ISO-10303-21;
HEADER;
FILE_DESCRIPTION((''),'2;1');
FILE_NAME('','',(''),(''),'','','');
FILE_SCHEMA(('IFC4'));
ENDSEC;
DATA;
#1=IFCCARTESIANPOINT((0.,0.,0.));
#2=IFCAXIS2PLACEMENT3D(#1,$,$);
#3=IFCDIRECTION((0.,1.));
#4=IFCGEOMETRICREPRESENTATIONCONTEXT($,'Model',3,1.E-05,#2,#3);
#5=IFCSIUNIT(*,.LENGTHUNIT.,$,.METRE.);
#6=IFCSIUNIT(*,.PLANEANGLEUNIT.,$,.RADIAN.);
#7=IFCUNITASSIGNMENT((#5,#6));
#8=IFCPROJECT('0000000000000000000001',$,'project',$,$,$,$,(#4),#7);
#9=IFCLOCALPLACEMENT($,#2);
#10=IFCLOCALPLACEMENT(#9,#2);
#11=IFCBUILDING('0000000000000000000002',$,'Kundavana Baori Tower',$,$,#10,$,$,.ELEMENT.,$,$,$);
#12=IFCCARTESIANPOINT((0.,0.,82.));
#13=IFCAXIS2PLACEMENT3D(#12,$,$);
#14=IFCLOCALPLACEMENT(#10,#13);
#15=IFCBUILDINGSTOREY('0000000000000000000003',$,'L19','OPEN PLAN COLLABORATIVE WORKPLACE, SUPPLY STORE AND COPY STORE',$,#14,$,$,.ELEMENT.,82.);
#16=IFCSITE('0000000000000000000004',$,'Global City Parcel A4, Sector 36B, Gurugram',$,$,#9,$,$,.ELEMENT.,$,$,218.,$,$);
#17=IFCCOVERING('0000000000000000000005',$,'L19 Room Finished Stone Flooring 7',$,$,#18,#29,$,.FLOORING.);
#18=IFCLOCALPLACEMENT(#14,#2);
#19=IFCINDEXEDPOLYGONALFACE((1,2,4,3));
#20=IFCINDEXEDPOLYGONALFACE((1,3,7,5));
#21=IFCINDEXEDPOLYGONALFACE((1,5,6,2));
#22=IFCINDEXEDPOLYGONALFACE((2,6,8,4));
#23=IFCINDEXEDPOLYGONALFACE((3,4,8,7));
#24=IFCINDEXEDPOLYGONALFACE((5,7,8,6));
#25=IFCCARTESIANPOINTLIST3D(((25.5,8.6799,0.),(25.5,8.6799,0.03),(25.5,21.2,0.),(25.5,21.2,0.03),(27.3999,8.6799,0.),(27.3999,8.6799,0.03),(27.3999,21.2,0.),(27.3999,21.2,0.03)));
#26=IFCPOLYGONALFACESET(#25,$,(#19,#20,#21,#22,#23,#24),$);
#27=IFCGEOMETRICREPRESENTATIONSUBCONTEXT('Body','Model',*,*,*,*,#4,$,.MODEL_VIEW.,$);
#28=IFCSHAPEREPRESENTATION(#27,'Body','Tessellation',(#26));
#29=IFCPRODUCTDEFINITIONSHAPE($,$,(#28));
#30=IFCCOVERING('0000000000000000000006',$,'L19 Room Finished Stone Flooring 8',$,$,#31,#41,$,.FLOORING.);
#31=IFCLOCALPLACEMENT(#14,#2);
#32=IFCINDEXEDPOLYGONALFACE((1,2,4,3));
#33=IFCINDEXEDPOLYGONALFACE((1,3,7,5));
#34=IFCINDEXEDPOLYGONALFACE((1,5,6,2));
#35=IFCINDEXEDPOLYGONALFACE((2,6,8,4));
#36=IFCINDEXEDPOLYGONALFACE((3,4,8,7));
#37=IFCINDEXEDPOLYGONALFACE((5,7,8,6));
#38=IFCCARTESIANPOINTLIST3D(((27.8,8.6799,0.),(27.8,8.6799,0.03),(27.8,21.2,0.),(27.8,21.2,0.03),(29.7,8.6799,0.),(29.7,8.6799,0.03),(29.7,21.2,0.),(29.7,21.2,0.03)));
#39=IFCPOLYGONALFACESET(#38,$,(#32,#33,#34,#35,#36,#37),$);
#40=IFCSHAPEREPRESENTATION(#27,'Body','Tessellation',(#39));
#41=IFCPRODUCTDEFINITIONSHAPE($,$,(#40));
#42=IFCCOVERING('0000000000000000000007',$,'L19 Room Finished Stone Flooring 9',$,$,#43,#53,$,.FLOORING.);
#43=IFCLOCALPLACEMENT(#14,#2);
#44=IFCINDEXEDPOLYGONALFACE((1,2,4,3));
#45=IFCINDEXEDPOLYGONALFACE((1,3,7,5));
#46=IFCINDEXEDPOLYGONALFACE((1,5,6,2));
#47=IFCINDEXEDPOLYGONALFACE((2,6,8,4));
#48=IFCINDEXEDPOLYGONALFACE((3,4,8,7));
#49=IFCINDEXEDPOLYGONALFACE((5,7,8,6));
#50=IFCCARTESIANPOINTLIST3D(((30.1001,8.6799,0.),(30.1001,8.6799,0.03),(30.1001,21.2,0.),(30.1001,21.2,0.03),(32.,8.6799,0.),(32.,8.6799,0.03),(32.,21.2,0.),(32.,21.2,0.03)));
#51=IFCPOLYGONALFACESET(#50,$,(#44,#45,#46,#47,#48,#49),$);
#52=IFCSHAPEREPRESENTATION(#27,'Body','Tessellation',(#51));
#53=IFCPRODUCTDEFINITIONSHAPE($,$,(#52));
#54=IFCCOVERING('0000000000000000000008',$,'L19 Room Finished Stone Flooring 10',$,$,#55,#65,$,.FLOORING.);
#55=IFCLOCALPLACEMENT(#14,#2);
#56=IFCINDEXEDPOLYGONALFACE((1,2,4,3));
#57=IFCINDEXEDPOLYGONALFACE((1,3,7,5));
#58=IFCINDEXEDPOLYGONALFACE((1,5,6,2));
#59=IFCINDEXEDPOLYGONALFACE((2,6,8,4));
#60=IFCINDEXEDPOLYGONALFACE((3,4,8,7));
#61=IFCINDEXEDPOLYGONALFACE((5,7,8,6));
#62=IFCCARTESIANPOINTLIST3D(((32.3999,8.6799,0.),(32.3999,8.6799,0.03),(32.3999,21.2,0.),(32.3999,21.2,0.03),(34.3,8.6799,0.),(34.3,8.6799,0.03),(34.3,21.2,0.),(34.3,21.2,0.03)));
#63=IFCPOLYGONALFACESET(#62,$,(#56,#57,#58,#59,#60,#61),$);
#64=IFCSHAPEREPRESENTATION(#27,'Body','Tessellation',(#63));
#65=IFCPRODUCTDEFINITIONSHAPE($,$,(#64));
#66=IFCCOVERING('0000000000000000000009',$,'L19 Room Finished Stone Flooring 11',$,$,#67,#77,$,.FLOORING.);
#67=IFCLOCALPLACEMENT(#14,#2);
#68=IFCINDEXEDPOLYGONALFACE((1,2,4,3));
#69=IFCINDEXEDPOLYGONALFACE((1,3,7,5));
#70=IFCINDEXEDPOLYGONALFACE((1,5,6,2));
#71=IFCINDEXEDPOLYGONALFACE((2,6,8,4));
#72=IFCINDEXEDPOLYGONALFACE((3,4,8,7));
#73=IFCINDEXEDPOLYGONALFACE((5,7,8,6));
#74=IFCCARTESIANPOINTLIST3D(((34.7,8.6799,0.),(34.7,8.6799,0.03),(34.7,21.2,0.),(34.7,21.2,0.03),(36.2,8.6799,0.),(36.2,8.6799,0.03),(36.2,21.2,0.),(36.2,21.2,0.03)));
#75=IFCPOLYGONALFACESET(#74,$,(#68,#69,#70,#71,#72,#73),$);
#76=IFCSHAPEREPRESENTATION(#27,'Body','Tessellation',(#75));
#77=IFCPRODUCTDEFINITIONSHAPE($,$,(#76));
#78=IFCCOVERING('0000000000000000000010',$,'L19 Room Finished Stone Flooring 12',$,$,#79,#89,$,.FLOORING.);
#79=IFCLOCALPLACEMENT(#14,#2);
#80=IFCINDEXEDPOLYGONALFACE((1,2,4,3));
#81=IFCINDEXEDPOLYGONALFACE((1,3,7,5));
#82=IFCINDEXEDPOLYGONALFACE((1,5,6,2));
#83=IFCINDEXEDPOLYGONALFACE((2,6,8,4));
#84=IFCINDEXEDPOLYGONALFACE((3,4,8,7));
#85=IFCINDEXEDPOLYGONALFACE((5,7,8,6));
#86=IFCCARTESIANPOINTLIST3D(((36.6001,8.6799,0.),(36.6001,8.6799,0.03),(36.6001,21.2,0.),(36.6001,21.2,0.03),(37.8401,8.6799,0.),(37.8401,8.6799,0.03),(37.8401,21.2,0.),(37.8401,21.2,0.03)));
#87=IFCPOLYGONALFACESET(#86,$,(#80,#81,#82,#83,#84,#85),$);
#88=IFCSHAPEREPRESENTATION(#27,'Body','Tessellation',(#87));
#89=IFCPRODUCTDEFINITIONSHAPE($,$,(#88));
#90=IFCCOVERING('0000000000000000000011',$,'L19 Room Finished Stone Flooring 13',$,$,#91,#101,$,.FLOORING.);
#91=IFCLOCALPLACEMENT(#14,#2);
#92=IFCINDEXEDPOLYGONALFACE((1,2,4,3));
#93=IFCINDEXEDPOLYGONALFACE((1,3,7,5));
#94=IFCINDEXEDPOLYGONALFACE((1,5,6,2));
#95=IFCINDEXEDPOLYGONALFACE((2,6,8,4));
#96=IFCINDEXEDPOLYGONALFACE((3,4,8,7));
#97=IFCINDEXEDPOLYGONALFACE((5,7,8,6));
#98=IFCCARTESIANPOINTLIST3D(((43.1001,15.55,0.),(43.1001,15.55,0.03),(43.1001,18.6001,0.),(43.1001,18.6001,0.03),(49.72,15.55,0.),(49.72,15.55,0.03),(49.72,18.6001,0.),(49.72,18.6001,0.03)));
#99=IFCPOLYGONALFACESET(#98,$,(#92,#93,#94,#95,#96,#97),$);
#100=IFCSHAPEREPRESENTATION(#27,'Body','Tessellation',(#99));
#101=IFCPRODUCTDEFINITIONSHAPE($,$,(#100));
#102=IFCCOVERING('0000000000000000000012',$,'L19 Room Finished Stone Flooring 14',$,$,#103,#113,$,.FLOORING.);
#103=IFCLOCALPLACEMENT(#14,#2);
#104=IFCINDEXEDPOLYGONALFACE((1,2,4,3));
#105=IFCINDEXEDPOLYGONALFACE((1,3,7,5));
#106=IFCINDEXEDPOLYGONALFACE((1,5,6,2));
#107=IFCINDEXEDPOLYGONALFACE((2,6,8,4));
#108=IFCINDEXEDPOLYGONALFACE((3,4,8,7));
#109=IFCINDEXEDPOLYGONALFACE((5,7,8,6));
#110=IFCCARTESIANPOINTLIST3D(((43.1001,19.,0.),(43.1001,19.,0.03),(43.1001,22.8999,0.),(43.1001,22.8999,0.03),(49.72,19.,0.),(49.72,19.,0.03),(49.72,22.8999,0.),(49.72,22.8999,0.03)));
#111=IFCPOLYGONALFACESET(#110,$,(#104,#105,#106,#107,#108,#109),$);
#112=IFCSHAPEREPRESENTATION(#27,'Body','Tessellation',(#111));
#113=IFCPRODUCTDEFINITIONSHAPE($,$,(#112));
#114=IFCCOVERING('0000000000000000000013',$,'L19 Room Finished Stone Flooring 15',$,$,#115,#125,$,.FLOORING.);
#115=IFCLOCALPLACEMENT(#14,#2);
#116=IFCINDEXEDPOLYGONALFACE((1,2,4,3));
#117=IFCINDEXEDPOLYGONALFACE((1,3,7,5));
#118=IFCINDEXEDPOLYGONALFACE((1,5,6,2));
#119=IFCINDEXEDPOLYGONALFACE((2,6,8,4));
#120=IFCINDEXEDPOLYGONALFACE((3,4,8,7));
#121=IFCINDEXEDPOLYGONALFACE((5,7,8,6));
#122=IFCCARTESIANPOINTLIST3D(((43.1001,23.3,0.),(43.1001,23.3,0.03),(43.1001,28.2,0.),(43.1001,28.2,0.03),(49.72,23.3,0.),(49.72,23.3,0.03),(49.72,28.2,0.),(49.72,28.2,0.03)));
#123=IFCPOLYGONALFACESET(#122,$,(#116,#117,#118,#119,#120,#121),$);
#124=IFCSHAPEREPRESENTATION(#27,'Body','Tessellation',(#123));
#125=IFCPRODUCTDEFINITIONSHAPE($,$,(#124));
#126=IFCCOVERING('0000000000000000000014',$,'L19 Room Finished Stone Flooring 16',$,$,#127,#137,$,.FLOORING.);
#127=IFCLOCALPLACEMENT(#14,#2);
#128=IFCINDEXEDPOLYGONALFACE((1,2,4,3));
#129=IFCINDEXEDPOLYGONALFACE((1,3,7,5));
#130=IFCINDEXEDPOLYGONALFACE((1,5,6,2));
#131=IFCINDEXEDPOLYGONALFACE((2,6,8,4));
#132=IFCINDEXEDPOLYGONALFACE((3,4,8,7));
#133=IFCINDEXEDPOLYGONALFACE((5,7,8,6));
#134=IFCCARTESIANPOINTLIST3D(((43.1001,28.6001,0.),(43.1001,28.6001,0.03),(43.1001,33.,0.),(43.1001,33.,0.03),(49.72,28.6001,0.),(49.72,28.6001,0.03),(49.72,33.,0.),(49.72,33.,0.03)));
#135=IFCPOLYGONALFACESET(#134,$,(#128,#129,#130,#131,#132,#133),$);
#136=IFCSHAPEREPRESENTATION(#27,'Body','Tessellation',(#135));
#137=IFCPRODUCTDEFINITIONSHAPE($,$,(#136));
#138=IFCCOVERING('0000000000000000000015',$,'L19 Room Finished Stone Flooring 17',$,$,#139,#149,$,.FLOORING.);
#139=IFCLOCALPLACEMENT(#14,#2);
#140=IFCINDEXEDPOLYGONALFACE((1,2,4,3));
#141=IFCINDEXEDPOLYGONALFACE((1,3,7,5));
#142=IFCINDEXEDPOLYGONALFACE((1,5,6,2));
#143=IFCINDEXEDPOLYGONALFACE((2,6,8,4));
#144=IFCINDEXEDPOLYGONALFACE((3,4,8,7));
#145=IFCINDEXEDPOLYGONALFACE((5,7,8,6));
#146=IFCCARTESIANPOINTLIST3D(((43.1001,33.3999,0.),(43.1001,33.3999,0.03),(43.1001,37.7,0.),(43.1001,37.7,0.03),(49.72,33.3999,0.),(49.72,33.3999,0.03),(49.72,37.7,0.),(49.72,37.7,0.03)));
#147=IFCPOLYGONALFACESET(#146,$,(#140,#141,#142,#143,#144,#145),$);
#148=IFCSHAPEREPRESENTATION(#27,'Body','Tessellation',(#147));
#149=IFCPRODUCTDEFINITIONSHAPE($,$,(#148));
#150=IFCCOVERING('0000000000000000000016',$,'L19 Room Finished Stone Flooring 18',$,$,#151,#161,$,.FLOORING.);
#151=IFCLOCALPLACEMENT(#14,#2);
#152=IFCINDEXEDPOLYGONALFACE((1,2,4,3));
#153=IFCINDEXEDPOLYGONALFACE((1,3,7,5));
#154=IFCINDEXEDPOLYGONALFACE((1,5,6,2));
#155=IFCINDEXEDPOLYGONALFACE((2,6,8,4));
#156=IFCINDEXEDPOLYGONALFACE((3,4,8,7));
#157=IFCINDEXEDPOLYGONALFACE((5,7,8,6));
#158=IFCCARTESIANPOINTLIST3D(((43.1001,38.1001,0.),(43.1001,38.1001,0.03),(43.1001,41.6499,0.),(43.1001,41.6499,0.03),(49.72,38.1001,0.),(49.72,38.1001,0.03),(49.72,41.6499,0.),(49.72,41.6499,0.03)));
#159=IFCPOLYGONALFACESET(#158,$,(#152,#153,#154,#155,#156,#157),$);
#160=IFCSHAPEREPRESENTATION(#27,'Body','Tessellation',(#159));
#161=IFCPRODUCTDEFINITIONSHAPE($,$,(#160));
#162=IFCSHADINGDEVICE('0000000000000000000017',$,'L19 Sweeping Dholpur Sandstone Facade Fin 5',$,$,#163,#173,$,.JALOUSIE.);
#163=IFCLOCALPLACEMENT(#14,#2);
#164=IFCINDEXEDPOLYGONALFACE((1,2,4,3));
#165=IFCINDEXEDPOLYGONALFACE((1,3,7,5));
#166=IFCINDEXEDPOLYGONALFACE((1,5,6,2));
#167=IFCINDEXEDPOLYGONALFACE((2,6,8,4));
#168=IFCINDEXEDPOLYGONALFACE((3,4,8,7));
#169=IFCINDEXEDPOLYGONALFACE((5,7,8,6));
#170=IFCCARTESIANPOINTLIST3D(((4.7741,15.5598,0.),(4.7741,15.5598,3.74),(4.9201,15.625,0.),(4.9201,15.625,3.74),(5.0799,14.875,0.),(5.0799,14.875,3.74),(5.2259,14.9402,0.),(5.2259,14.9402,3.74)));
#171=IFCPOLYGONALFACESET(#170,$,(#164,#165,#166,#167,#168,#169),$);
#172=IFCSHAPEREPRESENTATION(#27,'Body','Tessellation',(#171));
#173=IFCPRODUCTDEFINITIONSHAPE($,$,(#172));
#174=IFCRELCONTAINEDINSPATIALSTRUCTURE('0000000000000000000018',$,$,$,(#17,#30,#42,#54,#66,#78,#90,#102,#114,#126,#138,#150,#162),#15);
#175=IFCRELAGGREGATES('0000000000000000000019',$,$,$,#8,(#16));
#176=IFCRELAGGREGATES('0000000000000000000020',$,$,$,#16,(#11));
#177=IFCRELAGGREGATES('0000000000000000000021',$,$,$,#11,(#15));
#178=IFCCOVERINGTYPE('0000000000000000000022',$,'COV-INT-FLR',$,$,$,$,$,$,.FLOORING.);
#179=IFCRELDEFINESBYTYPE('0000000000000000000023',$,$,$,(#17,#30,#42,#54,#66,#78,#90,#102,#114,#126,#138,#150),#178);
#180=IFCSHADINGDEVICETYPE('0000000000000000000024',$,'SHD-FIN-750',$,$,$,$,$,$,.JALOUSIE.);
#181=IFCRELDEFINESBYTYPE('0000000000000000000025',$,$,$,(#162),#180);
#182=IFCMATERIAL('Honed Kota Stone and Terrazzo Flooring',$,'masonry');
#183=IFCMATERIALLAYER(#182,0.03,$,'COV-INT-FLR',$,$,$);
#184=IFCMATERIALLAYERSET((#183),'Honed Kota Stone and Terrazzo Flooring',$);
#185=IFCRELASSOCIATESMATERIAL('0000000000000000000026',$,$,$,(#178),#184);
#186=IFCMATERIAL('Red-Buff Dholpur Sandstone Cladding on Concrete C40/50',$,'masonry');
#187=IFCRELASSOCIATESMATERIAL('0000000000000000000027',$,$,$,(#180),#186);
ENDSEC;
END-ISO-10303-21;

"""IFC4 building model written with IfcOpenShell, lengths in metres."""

from ifc_helpers import new_model, si_unit, direction, frame, origin, origin_2d, place, context, subcontext, project, spatial, polyline, rectangle, outline, extrude, material, layer, layer_set, type_object, element, save


model = new_model("IFC4")

# Units and contexts
model_context = context("Model", 3, precision=1e-05, world=origin(), true_north=direction((0.0, 1.0)))
body_context = subcontext(model_context, "Body", "Model", "MODEL_VIEW")
ifc_project = project(units=[si_unit("LENGTHUNIT", "METRE"), si_unit("PLANEANGLEUNIT", "RADIAN")], contexts=[model_context])

# Site, building, storey
site_placement = place(None, origin())
site = spatial("IfcSite", under=ifc_project, at=site_placement, Name="Global City Parcel A4, Sector 36B, Gurugram", CompositionType="ELEMENT", RefElevation=218.0)
building_placement = place(site_placement, origin())
building = spatial("IfcBuilding", under=site, at=building_placement, Name="Kundavana Baori Tower", CompositionType="ELEMENT")
storey_placement = place(building_placement, frame((0.0, 0.0, 82.0)))
storey = spatial("IfcBuildingStorey", under=building, at=storey_placement, Name="L19", Description="OPEN PLAN COLLABORATIVE WORKPLACE, SUPPLY STORE AND COPY STORE", CompositionType="ELEMENT", Elevation=82.0)

# Coverings
ifc_material_1 = material(Name="Honed Kota Stone and Terrazzo Flooring", Category="masonry")
ifc_layer_1 = layer(ifc_material_1, 0.03, Name="COV-INT-FLR")
ifc_layer_set_1 = layer_set([ifc_layer_1], Name="Honed Kota Stone and Terrazzo Flooring")
covering_type_1 = type_object("IfcCoveringType", Name="COV-INT-FLR", PredefinedType="FLOORING", material=ifc_layer_set_1)
covering_1_placement = place(storey_placement, origin())
element("IfcCovering", 1, at=covering_1_placement, inside=storey, type_object=covering_type_1, Name="L19 Room Finished Stone Flooring 7", PredefinedType="FLOORING", context=body_context, shape_type="SweptSolid", body=[
    extrude(outline(polyline([(25.5, 8.6799), (27.3999, 8.6799), (27.3999, 21.2), (25.5, 21.2), (25.5, 8.6799)])), origin(), (0.0, 0.0, 1.0), 0.03),
])
covering_2_placement = place(storey_placement, origin())
element("IfcCovering", 2, at=covering_2_placement, inside=storey, type_object=covering_type_1, Name="L19 Room Finished Stone Flooring 8", PredefinedType="FLOORING", context=body_context, shape_type="SweptSolid", body=[
    extrude(outline(polyline([(27.8, 8.6799), (29.7, 8.6799), (29.7, 21.2), (27.8, 21.2), (27.8, 8.6799)])), origin(), (0.0, 0.0, 1.0), 0.03),
])
covering_3_placement = place(storey_placement, origin())
element("IfcCovering", 3, at=covering_3_placement, inside=storey, type_object=covering_type_1, Name="L19 Room Finished Stone Flooring 9", PredefinedType="FLOORING", context=body_context, shape_type="SweptSolid", body=[
    extrude(outline(polyline([(30.1001, 8.6799), (32.0, 8.6799), (32.0, 21.2), (30.1001, 21.2), (30.1001, 8.6799)])), origin(), (0.0, 0.0, 1.0), 0.03),
])
covering_4_placement = place(storey_placement, origin())
element("IfcCovering", 4, at=covering_4_placement, inside=storey, type_object=covering_type_1, Name="L19 Room Finished Stone Flooring 10", PredefinedType="FLOORING", context=body_context, shape_type="SweptSolid", body=[
    extrude(outline(polyline([(32.3999, 8.6799), (34.3, 8.6799), (34.3, 21.2), (32.3999, 21.2), (32.3999, 8.6799)])), origin(), (0.0, 0.0, 1.0), 0.03),
])
covering_5_placement = place(storey_placement, origin())
element("IfcCovering", 5, at=covering_5_placement, inside=storey, type_object=covering_type_1, Name="L19 Room Finished Stone Flooring 11", PredefinedType="FLOORING", context=body_context, shape_type="SweptSolid", body=[
    extrude(outline(polyline([(34.7, 8.6799), (36.2, 8.6799), (36.2, 21.2), (34.7, 21.2), (34.7, 8.6799)])), origin(), (0.0, 0.0, 1.0), 0.03),
])
covering_6_placement = place(storey_placement, origin())
element("IfcCovering", 6, at=covering_6_placement, inside=storey, type_object=covering_type_1, Name="L19 Room Finished Stone Flooring 12", PredefinedType="FLOORING", context=body_context, shape_type="SweptSolid", body=[
    extrude(outline(polyline([(36.6001, 8.6799), (37.8401, 8.6799), (37.8401, 21.2), (36.6001, 21.2), (36.6001, 8.6799)])), origin(), (0.0, 0.0, 1.0), 0.03),
])
covering_7_placement = place(storey_placement, origin())
element("IfcCovering", 7, at=covering_7_placement, inside=storey, type_object=covering_type_1, Name="L19 Room Finished Stone Flooring 13", PredefinedType="FLOORING", context=body_context, shape_type="SweptSolid", body=[
    extrude(outline(polyline([(43.1001, 15.55), (49.72, 15.55), (49.72, 18.6001), (43.1001, 18.6001), (43.1001, 15.55)])), origin(), (0.0, 0.0, 1.0), 0.03),
])
covering_8_placement = place(storey_placement, origin())
element("IfcCovering", 8, at=covering_8_placement, inside=storey, type_object=covering_type_1, Name="L19 Room Finished Stone Flooring 14", PredefinedType="FLOORING", context=body_context, shape_type="SweptSolid", body=[
    extrude(outline(polyline([(43.1001, 19.0), (49.72, 19.0), (49.72, 22.8999), (43.1001, 22.8999), (43.1001, 19.0)])), origin(), (0.0, 0.0, 1.0), 0.03),
])
covering_9_placement = place(storey_placement, origin())
element("IfcCovering", 9, at=covering_9_placement, inside=storey, type_object=covering_type_1, Name="L19 Room Finished Stone Flooring 15", PredefinedType="FLOORING", context=body_context, shape_type="SweptSolid", body=[
    extrude(outline(polyline([(43.1001, 23.3), (49.72, 23.3), (49.72, 28.2), (43.1001, 28.2), (43.1001, 23.3)])), origin(), (0.0, 0.0, 1.0), 0.03),
])
covering_10_placement = place(storey_placement, origin())
element("IfcCovering", 10, at=covering_10_placement, inside=storey, type_object=covering_type_1, Name="L19 Room Finished Stone Flooring 16", PredefinedType="FLOORING", context=body_context, shape_type="SweptSolid", body=[
    extrude(outline(polyline([(43.1001, 28.6001), (49.72, 28.6001), (49.72, 33.0), (43.1001, 33.0), (43.1001, 28.6001)])), origin(), (0.0, 0.0, 1.0), 0.03),
])
covering_11_placement = place(storey_placement, origin())
element("IfcCovering", 11, at=covering_11_placement, inside=storey, type_object=covering_type_1, Name="L19 Room Finished Stone Flooring 17", PredefinedType="FLOORING", context=body_context, shape_type="SweptSolid", body=[
    extrude(outline(polyline([(43.1001, 33.3999), (49.72, 33.3999), (49.72, 37.7), (43.1001, 37.7), (43.1001, 33.3999)])), origin(), (0.0, 0.0, 1.0), 0.03),
])
covering_12_placement = place(storey_placement, origin())
element("IfcCovering", 12, at=covering_12_placement, inside=storey, type_object=covering_type_1, Name="L19 Room Finished Stone Flooring 18", PredefinedType="FLOORING", context=body_context, shape_type="SweptSolid", body=[
    extrude(outline(polyline([(43.1001, 38.1001), (49.72, 38.1001), (49.72, 41.6499), (43.1001, 41.6499), (43.1001, 38.1001)])), origin(), (0.0, 0.0, 1.0), 0.03),
])

# Shading device
ifc_material_2 = material(Name="Red-Buff Dholpur Sandstone Cladding on Concrete C40/50", Category="masonry")
shading_device_type = type_object("IfcShadingDeviceType", Name="SHD-FIN-750", PredefinedType="JALOUSIE", material=ifc_material_2)
shading_device_placement = place(storey_placement, frame((5.0, 15.25, 0.0), z_axis=(0.0, 0.0, 1.0), x_axis=(0.913048, 0.407852, 0.0)))
element("IfcShadingDevice", 13, at=shading_device_placement, inside=storey, type_object=shading_device_type, Name="L19 Sweeping Dholpur Sandstone Facade Fin 5", PredefinedType="JALOUSIE", context=body_context, shape_type="SweptSolid", body=[
    extrude(rectangle(XDim=0.1599, YDim=0.75, at=origin_2d()), origin(), (0.0, 0.0, 1.0), 3.74),
])

save(model, "model.ifc")
